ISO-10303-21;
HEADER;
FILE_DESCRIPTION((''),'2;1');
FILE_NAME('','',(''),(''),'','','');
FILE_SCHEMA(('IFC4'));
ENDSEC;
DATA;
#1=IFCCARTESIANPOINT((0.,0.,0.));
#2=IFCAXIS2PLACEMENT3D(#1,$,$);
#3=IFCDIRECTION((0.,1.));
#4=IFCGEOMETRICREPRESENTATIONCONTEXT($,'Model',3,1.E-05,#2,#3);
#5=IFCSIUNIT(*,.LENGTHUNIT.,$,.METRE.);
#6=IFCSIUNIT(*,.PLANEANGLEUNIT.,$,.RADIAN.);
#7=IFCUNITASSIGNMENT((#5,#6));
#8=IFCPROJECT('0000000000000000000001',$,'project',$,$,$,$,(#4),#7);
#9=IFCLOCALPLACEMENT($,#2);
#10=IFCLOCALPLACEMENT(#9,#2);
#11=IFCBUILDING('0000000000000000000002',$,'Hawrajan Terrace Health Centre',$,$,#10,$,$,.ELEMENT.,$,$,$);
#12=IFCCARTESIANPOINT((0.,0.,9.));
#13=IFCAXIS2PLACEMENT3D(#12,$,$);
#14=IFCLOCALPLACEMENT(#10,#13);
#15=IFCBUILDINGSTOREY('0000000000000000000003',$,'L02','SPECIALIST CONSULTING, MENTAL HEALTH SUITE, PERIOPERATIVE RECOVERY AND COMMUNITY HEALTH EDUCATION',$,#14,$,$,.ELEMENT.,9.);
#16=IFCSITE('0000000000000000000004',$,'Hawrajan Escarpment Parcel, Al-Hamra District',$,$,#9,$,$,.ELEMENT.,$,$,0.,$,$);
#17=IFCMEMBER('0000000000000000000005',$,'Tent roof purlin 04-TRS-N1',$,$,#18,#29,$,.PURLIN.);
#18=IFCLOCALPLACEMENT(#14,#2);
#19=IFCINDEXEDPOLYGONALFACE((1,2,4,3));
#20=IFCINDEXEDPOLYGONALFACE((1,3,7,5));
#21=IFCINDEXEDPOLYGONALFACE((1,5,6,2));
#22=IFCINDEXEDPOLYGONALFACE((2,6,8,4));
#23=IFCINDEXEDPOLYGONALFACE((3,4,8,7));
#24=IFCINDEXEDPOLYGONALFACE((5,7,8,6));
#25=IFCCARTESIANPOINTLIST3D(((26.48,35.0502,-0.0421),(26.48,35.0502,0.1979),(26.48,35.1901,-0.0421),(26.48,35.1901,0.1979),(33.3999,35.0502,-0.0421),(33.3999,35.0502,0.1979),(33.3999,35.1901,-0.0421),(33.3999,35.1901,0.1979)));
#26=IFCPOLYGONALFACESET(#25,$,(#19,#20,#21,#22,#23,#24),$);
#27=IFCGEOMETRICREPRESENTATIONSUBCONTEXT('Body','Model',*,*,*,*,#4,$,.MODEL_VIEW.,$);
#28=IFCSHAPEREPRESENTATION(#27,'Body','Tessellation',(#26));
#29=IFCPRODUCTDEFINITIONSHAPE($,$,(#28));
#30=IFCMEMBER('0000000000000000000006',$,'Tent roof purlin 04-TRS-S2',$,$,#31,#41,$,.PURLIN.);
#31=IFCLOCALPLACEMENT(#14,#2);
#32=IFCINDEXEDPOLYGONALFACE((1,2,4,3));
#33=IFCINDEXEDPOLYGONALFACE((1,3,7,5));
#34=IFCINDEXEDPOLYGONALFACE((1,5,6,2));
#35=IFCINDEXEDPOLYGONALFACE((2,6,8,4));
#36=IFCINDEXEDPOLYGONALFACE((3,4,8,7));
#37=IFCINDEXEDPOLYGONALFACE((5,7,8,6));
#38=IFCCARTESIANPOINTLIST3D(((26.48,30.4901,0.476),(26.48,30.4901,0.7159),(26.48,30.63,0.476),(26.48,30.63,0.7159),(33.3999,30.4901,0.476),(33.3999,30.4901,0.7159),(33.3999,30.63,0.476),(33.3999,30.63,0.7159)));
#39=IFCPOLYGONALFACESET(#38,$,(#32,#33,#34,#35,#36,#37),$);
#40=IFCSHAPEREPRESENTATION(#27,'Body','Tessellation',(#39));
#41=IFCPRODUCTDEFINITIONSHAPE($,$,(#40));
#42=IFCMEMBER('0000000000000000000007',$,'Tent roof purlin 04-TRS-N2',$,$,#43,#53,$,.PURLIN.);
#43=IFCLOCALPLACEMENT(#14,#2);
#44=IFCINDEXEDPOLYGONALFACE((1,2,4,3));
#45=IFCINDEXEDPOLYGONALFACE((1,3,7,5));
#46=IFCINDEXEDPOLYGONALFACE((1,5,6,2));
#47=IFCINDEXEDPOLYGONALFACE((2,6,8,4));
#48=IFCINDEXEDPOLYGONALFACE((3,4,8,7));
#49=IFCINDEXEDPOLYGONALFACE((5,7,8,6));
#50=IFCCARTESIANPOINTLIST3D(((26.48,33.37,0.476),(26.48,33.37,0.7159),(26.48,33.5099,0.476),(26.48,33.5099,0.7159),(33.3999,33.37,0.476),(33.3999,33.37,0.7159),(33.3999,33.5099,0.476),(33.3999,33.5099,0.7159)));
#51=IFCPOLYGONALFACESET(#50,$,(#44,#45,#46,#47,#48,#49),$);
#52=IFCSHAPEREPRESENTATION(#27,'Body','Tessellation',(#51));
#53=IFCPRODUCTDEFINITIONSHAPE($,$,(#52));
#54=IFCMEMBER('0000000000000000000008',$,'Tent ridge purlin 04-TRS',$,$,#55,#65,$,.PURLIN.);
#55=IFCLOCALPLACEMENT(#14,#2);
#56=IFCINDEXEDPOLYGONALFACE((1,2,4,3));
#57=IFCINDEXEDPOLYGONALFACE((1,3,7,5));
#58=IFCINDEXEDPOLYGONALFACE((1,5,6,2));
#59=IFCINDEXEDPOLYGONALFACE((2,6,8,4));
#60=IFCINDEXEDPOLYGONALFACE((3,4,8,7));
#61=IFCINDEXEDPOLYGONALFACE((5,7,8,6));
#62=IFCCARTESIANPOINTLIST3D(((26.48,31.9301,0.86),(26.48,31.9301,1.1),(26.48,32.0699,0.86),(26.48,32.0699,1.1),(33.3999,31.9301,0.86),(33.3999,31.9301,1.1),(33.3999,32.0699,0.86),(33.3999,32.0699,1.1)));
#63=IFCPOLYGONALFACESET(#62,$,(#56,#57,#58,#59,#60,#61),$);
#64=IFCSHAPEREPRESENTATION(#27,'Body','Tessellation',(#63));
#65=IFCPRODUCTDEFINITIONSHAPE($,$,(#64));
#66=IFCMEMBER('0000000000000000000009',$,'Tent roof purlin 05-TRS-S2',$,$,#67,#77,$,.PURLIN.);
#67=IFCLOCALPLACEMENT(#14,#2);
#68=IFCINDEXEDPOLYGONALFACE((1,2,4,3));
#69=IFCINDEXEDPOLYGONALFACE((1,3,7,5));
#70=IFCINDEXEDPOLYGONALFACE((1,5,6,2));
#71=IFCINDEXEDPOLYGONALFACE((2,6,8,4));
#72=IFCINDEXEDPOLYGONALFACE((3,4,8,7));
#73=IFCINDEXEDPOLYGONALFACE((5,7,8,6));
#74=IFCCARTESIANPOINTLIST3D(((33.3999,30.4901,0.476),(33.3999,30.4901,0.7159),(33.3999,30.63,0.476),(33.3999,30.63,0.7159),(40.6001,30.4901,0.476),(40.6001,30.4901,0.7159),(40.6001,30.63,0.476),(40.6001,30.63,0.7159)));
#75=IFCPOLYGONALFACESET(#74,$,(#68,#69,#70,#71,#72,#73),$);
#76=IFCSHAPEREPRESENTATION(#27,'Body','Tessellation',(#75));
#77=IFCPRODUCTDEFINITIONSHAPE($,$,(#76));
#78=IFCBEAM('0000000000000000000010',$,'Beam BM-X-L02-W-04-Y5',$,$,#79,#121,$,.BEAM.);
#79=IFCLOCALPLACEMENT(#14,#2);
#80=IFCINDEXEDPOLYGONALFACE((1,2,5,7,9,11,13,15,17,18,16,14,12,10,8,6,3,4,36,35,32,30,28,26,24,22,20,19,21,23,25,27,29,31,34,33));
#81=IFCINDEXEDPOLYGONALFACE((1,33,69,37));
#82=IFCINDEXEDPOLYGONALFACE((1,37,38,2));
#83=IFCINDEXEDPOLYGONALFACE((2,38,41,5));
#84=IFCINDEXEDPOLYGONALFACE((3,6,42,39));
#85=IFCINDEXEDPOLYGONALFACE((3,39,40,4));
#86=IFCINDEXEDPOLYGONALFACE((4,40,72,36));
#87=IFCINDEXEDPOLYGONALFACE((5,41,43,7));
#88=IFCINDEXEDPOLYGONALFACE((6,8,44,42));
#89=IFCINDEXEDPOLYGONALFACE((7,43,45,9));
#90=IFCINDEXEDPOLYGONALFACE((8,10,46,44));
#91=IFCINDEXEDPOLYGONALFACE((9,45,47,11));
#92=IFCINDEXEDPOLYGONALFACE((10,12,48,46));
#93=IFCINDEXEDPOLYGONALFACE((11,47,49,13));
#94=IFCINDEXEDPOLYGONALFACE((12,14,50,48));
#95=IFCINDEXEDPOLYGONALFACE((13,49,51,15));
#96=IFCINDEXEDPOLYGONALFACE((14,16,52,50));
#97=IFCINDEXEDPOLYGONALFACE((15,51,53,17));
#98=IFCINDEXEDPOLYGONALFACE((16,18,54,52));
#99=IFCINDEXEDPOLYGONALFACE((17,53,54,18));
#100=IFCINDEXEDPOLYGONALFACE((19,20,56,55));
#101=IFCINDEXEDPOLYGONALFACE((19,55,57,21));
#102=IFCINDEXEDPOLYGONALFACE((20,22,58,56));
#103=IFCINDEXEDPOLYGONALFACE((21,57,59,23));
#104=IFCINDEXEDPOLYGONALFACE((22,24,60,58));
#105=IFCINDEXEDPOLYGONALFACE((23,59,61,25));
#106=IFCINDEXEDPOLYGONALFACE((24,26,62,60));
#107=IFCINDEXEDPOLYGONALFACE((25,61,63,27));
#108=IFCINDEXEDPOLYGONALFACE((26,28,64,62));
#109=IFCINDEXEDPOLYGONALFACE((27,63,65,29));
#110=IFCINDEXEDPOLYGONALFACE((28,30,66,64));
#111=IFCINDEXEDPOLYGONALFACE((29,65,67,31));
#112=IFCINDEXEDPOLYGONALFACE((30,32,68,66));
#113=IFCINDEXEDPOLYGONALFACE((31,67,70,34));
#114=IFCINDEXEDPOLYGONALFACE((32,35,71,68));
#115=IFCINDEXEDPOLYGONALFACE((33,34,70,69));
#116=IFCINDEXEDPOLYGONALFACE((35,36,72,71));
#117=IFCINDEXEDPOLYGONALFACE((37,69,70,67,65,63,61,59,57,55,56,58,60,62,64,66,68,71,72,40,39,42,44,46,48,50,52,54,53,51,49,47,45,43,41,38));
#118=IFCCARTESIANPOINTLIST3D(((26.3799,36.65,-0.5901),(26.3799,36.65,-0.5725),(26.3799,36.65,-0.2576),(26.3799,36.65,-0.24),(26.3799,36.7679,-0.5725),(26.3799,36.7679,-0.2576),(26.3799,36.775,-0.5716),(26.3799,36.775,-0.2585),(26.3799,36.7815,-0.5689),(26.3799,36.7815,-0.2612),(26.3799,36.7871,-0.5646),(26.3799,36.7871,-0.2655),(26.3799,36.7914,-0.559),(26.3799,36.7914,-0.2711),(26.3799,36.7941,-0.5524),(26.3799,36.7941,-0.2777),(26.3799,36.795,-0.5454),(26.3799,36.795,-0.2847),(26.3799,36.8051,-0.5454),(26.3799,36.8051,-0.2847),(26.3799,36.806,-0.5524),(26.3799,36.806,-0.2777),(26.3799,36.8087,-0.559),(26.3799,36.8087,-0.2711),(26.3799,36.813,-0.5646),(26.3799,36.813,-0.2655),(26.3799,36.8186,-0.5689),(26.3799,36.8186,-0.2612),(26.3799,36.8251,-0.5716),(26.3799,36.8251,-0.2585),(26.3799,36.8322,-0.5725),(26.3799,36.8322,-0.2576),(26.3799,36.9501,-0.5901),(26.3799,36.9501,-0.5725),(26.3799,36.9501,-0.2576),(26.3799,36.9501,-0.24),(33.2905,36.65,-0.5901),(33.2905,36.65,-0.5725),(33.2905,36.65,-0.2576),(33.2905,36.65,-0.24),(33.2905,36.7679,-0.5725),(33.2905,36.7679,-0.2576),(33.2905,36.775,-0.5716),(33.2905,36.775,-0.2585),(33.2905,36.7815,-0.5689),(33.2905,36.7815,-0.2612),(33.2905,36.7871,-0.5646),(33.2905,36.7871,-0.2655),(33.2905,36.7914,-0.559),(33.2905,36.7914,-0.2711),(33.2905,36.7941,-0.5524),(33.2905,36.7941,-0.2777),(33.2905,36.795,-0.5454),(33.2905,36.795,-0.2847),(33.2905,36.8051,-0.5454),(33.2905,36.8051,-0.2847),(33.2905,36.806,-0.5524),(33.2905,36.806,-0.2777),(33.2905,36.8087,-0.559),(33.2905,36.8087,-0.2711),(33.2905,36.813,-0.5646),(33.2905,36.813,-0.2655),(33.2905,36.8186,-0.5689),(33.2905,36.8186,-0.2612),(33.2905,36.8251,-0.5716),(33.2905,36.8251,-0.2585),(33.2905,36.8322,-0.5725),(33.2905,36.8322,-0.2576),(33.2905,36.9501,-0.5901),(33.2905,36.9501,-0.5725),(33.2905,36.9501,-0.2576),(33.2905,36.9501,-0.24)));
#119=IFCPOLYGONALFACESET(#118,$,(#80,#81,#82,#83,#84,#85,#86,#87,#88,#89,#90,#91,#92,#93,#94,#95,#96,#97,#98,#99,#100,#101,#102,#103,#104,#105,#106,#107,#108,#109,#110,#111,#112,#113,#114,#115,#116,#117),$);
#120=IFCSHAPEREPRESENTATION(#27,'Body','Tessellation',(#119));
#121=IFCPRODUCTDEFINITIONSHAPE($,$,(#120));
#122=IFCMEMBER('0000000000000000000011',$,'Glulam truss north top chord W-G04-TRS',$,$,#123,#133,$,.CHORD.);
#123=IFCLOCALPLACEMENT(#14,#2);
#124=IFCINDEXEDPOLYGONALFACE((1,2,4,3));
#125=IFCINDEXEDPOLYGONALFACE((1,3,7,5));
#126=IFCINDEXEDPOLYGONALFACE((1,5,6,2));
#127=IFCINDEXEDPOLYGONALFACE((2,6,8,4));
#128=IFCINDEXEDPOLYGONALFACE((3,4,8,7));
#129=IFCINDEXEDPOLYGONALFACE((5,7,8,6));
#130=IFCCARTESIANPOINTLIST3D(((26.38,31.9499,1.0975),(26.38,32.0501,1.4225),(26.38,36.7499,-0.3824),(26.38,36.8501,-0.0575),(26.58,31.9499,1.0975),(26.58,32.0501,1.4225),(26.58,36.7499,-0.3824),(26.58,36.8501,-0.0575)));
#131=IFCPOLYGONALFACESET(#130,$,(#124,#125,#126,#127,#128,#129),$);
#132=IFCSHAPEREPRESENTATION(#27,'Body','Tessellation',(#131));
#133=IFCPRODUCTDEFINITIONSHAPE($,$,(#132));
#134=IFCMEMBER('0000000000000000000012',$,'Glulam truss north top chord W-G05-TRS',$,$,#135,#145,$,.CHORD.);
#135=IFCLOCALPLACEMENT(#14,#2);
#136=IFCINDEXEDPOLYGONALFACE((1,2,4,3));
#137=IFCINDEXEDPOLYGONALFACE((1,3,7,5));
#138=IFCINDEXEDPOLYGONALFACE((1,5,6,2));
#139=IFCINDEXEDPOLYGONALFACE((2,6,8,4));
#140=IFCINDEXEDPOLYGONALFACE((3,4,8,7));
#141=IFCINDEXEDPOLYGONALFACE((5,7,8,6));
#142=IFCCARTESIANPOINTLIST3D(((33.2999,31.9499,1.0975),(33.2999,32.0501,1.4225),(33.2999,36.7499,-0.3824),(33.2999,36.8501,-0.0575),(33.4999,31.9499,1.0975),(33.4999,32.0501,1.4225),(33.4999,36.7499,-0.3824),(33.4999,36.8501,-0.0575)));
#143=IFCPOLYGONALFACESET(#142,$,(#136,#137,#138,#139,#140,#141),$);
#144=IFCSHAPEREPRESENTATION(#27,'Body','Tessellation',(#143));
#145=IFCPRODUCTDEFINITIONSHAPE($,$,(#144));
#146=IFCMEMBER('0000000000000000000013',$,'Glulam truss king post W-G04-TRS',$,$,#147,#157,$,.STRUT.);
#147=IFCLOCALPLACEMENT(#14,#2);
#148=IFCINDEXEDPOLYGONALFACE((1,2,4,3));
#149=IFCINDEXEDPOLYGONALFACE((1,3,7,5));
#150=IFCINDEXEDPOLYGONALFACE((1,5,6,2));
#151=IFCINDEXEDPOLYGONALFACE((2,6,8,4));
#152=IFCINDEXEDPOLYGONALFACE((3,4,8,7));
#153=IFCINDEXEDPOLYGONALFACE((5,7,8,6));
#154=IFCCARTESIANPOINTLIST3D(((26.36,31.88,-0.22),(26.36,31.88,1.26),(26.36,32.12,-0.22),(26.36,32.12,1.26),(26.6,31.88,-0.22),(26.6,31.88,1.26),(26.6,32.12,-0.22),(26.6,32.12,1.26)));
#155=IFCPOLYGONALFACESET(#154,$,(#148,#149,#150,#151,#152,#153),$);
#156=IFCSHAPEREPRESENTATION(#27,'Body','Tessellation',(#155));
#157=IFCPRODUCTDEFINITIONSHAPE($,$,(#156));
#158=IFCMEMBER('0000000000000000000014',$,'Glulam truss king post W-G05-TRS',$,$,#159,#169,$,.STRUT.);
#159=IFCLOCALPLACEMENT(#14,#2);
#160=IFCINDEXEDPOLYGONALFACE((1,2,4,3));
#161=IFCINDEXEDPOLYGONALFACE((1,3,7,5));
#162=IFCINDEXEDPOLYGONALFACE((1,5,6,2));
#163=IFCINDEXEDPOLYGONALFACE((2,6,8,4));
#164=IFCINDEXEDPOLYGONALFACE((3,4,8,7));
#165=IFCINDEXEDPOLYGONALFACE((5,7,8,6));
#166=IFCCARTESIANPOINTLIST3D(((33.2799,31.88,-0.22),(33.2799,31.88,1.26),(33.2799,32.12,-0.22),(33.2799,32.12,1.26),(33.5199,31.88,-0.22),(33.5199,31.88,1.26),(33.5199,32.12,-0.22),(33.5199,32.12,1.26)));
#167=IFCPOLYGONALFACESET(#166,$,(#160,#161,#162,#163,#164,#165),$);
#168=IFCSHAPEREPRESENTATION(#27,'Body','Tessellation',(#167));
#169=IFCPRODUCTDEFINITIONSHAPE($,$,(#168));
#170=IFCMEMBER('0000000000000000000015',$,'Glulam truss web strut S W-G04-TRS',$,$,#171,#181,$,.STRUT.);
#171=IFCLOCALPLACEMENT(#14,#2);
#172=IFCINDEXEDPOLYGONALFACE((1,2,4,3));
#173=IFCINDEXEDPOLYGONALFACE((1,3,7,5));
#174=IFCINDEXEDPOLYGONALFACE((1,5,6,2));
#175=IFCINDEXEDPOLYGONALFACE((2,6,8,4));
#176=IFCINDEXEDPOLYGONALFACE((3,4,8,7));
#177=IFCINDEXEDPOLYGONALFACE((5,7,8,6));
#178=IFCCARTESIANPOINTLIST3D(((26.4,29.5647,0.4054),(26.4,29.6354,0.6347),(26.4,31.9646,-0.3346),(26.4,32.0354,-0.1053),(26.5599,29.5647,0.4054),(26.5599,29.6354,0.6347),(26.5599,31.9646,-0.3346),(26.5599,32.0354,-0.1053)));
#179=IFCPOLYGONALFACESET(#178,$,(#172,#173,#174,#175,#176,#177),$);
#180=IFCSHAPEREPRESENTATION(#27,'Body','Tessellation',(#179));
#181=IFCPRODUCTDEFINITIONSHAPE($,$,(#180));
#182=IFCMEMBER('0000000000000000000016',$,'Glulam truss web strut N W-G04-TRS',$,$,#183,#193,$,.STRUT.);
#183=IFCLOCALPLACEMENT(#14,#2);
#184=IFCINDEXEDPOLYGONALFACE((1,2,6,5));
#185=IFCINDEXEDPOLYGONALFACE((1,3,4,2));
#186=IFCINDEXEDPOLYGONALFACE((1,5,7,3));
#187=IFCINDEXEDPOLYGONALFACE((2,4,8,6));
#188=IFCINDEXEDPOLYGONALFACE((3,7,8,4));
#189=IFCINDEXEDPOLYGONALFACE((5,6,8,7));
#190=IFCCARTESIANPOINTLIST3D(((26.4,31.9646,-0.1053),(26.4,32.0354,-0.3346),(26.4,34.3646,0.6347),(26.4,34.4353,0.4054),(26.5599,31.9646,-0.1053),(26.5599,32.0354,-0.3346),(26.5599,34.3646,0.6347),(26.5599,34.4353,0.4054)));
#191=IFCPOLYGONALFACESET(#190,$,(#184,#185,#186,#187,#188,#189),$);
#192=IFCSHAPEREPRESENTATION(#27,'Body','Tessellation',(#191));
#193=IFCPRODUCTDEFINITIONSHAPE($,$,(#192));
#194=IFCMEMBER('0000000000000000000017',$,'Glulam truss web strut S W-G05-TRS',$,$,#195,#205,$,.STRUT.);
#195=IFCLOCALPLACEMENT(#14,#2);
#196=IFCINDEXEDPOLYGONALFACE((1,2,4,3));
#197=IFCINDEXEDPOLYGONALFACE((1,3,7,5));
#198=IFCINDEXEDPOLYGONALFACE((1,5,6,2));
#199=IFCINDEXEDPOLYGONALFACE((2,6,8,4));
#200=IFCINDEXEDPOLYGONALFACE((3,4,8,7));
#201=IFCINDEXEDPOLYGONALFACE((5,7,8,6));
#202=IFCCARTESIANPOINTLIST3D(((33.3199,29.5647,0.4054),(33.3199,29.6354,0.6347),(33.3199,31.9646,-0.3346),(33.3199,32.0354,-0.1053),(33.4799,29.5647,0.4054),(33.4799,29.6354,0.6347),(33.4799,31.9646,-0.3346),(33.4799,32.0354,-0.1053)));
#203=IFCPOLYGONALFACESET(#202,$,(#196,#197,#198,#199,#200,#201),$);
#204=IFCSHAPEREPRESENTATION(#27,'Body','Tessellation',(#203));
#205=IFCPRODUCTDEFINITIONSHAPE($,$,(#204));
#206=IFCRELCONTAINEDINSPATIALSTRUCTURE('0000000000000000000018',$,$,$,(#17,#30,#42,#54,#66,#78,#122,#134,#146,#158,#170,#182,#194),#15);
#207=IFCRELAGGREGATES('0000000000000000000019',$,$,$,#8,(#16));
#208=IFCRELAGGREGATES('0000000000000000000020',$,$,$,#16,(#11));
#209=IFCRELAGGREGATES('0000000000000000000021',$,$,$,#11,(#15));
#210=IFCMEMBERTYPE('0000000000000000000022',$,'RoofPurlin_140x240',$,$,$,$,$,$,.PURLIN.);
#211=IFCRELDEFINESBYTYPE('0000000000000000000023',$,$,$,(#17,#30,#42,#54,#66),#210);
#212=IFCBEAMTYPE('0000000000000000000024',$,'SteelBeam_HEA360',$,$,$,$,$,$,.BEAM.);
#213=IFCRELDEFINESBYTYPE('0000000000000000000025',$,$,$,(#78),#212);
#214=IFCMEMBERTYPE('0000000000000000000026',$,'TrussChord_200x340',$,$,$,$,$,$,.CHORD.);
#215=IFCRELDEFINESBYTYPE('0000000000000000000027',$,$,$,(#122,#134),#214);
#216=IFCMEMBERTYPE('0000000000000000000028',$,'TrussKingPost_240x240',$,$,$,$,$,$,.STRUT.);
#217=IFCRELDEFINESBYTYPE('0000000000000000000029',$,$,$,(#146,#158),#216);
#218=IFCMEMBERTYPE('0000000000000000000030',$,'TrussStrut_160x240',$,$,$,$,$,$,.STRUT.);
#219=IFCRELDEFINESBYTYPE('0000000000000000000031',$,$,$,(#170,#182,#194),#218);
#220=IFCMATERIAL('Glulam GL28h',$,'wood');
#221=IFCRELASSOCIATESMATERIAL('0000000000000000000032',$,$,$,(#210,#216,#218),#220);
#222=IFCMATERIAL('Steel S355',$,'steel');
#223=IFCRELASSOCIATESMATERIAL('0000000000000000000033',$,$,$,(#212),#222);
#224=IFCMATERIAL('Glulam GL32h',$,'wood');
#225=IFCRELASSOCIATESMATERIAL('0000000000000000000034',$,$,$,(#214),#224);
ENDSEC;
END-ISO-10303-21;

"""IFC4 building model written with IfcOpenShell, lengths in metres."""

from ifc_helpers import new_model, si_unit, direction, frame, origin, origin_2d, place, context, subcontext, project, spatial, rectangle, i_section, extrude, material, material_profile, profile_set, type_object, element, save


model = new_model("IFC4")

# Units and contexts
model_context = context("Model", 3, precision=1e-05, world=origin(), true_north=direction((0.0, 1.0)))
body_context = subcontext(model_context, "Body", "Model", "MODEL_VIEW")
ifc_project = project(units=[si_unit("LENGTHUNIT", "METRE"), si_unit("PLANEANGLEUNIT", "RADIAN")], contexts=[model_context])

# Site, building, storey
site_placement = place(None, origin())
site = spatial("IfcSite", under=ifc_project, at=site_placement, Name="Hawrajan Escarpment Parcel, Al-Hamra District", CompositionType="ELEMENT", RefElevation=0.0)
building_placement = place(site_placement, origin())
building = spatial("IfcBuilding", under=site, at=building_placement, Name="Hawrajan Terrace Health Centre", CompositionType="ELEMENT")
storey_placement = place(building_placement, frame((0.0, 0.0, 9.0)))
storey = spatial("IfcBuildingStorey", under=building, at=storey_placement, Name="L02", Description="SPECIALIST CONSULTING, MENTAL HEALTH SUITE, PERIOPERATIVE RECOVERY AND COMMUNITY HEALTH EDUCATION", CompositionType="ELEMENT", Elevation=9.0)

# Members
ifc_material_1 = material(Name="Glulam GL28h", Category="wood")
ifc_material_profile_1 = material_profile(ifc_material_1, rectangle(XDim=0.1399, YDim=0.24, at=origin_2d()), Name="GL PUR 140x240")
ifc_profile_set_1 = profile_set([ifc_material_profile_1], Name="Glulam GL28h")
member_type_1 = type_object("IfcMemberType", Name="RoofPurlin_140x240", PredefinedType="PURLIN", material=ifc_profile_set_1)
for number, where, z_axis, x_axis, name in (
    (1, (26.48, 35.1201, 0.0779), (1.0, 0.0, 0.0), (0.0, 1.0, 0.0), "Tent roof purlin 04-TRS-N1"),
    (2, (26.48, 30.5601, 0.5959), (1.0, 0.0, 0.0), (0.0, 1.0, 0.0), "Tent roof purlin 04-TRS-S2"),
    (3, (26.48, 33.4399, 0.5959), (1.0, 0.0, 0.0), (0.0, 1.0, 0.0), "Tent roof purlin 04-TRS-N2"),
    (4, (26.48, 32.0, 0.98), (1.0, 0.0, 0.0), (0.0, 1.0, 0.0), "Tent ridge purlin 04-TRS"),
):
    element("IfcMember", number, at=place(storey_placement, frame(where, z_axis=z_axis, x_axis=x_axis)), inside=storey, type_object=member_type_1, Name=name, PredefinedType="PURLIN", context=body_context, shape_type="SweptSolid", body=[
        extrude(rectangle(XDim=0.1399, YDim=0.24, at=origin_2d()), origin(), (0.0, 0.0, 1.0), 6.9199),
    ])
member_placement = place(storey_placement, frame((33.3999, 30.5601, 0.5959), z_axis=(1.0, 0.0, 0.0), x_axis=(0.0, 1.0, 0.0)))
element("IfcMember", 5, at=member_placement, inside=storey, type_object=member_type_1, Name="Tent roof purlin 05-TRS-S2", PredefinedType="PURLIN", context=body_context, shape_type="SweptSolid", body=[
    extrude(rectangle(XDim=0.1399, YDim=0.24, at=origin_2d()), origin(), (0.0, 0.0, 1.0), 7.2002),
])

# Beam
ifc_material_2 = material(Name="Steel S355", Category="steel")
ifc_material_profile_2 = material_profile(ifc_material_2, i_section(OverallWidth=0.3, OverallDepth=0.3501, WebThickness=0.01, FlangeThickness=0.0176, FilletRadius=0.0271, at=origin_2d()), Name="HEA 360")
ifc_profile_set_2 = profile_set([ifc_material_profile_2], Name="Steel S355")
beam_type = type_object("IfcBeamType", Name="SteelBeam_HEA360", PredefinedType="BEAM", material=ifc_profile_set_2)
beam_placement = place(storey_placement, frame((26.3799, 36.8, -0.415), z_axis=(1.0, 0.0, 0.0), x_axis=(0.0, 1.0, 0.0)))
element("IfcBeam", 6, at=beam_placement, inside=storey, type_object=beam_type, Name="Beam BM-X-L02-W-04-Y5", PredefinedType="BEAM", context=body_context, shape_type="SweptSolid", body=[
    extrude(i_section(OverallWidth=0.3, OverallDepth=0.3501, WebThickness=0.01, FlangeThickness=0.0176, FilletRadius=0.0271, at=origin_2d()), origin(), (0.0, 0.0, 1.0), 6.9106),
])

# Members
ifc_material_3 = material(Name="Glulam GL32h", Category="wood")
ifc_material_profile_3 = material_profile(ifc_material_3, rectangle(XDim=0.2, YDim=0.3401, at=origin_2d()), Name="GL CHD 200x340")
ifc_profile_set_3 = profile_set([ifc_material_profile_3], Name="Glulam GL32h")
member_type_2 = type_object("IfcMemberType", Name="TrussChord_200x340", PredefinedType="CHORD", material=ifc_profile_set_3)
for number, where, z_axis, x_axis, name in (
    (7, (26.48, 32.0, 1.26), (0.0, 0.955609, -0.294639), (-1.0, 0.0, 0.0), "Glulam truss north top chord W-G04-TRS"),
    (8, (33.3999, 32.0, 1.26), (0.0, 0.955609, -0.294639), (-1.0, 0.0, 0.0), "Glulam truss north top chord W-G05-TRS"),
):
    element("IfcMember", number, at=place(storey_placement, frame(where, z_axis=z_axis, x_axis=x_axis)), inside=storey, type_object=member_type_2, Name=name, PredefinedType="CHORD", context=body_context, shape_type="SweptSolid", body=[
        extrude(rectangle(XDim=0.2, YDim=0.3401, at=origin_2d()), origin(), (0.0, 0.0, 1.0), 5.0229),
    ])
ifc_material_profile_4 = material_profile(ifc_material_1, rectangle(XDim=0.24, YDim=0.24, at=origin_2d()), Name="GL KP 240x240")
ifc_profile_set_4 = profile_set([ifc_material_profile_4], Name="Glulam GL28h")
member_type_3 = type_object("IfcMemberType", Name="TrussKingPost_240x240", PredefinedType="STRUT", material=ifc_profile_set_4)
for number, where, z_axis, x_axis, name in (
    (9, (26.48, 32.0, -0.22), (0.0, 0.0, 1.0), (1.0, 0.0, 0.0), "Glulam truss king post W-G04-TRS"),
    (10, (33.3999, 32.0, -0.22), (0.0, 0.0, 1.0), (1.0, 0.0, 0.0), "Glulam truss king post W-G05-TRS"),
):
    element("IfcMember", number, at=place(storey_placement, frame(where, z_axis=z_axis, x_axis=x_axis)), inside=storey, type_object=member_type_3, Name=name, PredefinedType="STRUT", context=body_context, shape_type="SweptSolid", body=[
        extrude(rectangle(XDim=0.24, YDim=0.24, at=origin_2d()), origin(), (0.0, 0.0, 1.0), 1.48),
    ])
ifc_material_profile_5 = material_profile(ifc_material_1, rectangle(XDim=0.1599, YDim=0.24, at=origin_2d()), Name="GL WEB 160x240")
ifc_profile_set_5 = profile_set([ifc_material_profile_5], Name="Glulam GL28h")
member_type_4 = type_object("IfcMemberType", Name="TrussStrut_160x240", PredefinedType="STRUT", material=ifc_profile_set_5)
for number, where, z_axis, x_axis, name in (
    (11, (26.48, 32.0, -0.22), (0.0, -0.955604, 0.294653), (1.0, 0.0, 0.0), "Glulam truss web strut S W-G04-TRS"),
    (12, (26.48, 32.0, -0.22), (0.0, 0.955604, 0.294653), (-1.0, 0.0, 0.0), "Glulam truss web strut N W-G04-TRS"),
    (13, (33.3999, 32.0, -0.22), (0.0, -0.955604, 0.294653), (1.0, 0.0, 0.0), "Glulam truss web strut S W-G05-TRS"),
):
    element("IfcMember", number, at=place(storey_placement, frame(where, z_axis=z_axis, x_axis=x_axis)), inside=storey, type_object=member_type_4, Name=name, PredefinedType="STRUT", context=body_context, shape_type="SweptSolid", body=[
        extrude(rectangle(XDim=0.1599, YDim=0.24, at=origin_2d()), origin(), (0.0, 0.0, 1.0), 2.5115),
    ])

save(model, "model.ifc")
